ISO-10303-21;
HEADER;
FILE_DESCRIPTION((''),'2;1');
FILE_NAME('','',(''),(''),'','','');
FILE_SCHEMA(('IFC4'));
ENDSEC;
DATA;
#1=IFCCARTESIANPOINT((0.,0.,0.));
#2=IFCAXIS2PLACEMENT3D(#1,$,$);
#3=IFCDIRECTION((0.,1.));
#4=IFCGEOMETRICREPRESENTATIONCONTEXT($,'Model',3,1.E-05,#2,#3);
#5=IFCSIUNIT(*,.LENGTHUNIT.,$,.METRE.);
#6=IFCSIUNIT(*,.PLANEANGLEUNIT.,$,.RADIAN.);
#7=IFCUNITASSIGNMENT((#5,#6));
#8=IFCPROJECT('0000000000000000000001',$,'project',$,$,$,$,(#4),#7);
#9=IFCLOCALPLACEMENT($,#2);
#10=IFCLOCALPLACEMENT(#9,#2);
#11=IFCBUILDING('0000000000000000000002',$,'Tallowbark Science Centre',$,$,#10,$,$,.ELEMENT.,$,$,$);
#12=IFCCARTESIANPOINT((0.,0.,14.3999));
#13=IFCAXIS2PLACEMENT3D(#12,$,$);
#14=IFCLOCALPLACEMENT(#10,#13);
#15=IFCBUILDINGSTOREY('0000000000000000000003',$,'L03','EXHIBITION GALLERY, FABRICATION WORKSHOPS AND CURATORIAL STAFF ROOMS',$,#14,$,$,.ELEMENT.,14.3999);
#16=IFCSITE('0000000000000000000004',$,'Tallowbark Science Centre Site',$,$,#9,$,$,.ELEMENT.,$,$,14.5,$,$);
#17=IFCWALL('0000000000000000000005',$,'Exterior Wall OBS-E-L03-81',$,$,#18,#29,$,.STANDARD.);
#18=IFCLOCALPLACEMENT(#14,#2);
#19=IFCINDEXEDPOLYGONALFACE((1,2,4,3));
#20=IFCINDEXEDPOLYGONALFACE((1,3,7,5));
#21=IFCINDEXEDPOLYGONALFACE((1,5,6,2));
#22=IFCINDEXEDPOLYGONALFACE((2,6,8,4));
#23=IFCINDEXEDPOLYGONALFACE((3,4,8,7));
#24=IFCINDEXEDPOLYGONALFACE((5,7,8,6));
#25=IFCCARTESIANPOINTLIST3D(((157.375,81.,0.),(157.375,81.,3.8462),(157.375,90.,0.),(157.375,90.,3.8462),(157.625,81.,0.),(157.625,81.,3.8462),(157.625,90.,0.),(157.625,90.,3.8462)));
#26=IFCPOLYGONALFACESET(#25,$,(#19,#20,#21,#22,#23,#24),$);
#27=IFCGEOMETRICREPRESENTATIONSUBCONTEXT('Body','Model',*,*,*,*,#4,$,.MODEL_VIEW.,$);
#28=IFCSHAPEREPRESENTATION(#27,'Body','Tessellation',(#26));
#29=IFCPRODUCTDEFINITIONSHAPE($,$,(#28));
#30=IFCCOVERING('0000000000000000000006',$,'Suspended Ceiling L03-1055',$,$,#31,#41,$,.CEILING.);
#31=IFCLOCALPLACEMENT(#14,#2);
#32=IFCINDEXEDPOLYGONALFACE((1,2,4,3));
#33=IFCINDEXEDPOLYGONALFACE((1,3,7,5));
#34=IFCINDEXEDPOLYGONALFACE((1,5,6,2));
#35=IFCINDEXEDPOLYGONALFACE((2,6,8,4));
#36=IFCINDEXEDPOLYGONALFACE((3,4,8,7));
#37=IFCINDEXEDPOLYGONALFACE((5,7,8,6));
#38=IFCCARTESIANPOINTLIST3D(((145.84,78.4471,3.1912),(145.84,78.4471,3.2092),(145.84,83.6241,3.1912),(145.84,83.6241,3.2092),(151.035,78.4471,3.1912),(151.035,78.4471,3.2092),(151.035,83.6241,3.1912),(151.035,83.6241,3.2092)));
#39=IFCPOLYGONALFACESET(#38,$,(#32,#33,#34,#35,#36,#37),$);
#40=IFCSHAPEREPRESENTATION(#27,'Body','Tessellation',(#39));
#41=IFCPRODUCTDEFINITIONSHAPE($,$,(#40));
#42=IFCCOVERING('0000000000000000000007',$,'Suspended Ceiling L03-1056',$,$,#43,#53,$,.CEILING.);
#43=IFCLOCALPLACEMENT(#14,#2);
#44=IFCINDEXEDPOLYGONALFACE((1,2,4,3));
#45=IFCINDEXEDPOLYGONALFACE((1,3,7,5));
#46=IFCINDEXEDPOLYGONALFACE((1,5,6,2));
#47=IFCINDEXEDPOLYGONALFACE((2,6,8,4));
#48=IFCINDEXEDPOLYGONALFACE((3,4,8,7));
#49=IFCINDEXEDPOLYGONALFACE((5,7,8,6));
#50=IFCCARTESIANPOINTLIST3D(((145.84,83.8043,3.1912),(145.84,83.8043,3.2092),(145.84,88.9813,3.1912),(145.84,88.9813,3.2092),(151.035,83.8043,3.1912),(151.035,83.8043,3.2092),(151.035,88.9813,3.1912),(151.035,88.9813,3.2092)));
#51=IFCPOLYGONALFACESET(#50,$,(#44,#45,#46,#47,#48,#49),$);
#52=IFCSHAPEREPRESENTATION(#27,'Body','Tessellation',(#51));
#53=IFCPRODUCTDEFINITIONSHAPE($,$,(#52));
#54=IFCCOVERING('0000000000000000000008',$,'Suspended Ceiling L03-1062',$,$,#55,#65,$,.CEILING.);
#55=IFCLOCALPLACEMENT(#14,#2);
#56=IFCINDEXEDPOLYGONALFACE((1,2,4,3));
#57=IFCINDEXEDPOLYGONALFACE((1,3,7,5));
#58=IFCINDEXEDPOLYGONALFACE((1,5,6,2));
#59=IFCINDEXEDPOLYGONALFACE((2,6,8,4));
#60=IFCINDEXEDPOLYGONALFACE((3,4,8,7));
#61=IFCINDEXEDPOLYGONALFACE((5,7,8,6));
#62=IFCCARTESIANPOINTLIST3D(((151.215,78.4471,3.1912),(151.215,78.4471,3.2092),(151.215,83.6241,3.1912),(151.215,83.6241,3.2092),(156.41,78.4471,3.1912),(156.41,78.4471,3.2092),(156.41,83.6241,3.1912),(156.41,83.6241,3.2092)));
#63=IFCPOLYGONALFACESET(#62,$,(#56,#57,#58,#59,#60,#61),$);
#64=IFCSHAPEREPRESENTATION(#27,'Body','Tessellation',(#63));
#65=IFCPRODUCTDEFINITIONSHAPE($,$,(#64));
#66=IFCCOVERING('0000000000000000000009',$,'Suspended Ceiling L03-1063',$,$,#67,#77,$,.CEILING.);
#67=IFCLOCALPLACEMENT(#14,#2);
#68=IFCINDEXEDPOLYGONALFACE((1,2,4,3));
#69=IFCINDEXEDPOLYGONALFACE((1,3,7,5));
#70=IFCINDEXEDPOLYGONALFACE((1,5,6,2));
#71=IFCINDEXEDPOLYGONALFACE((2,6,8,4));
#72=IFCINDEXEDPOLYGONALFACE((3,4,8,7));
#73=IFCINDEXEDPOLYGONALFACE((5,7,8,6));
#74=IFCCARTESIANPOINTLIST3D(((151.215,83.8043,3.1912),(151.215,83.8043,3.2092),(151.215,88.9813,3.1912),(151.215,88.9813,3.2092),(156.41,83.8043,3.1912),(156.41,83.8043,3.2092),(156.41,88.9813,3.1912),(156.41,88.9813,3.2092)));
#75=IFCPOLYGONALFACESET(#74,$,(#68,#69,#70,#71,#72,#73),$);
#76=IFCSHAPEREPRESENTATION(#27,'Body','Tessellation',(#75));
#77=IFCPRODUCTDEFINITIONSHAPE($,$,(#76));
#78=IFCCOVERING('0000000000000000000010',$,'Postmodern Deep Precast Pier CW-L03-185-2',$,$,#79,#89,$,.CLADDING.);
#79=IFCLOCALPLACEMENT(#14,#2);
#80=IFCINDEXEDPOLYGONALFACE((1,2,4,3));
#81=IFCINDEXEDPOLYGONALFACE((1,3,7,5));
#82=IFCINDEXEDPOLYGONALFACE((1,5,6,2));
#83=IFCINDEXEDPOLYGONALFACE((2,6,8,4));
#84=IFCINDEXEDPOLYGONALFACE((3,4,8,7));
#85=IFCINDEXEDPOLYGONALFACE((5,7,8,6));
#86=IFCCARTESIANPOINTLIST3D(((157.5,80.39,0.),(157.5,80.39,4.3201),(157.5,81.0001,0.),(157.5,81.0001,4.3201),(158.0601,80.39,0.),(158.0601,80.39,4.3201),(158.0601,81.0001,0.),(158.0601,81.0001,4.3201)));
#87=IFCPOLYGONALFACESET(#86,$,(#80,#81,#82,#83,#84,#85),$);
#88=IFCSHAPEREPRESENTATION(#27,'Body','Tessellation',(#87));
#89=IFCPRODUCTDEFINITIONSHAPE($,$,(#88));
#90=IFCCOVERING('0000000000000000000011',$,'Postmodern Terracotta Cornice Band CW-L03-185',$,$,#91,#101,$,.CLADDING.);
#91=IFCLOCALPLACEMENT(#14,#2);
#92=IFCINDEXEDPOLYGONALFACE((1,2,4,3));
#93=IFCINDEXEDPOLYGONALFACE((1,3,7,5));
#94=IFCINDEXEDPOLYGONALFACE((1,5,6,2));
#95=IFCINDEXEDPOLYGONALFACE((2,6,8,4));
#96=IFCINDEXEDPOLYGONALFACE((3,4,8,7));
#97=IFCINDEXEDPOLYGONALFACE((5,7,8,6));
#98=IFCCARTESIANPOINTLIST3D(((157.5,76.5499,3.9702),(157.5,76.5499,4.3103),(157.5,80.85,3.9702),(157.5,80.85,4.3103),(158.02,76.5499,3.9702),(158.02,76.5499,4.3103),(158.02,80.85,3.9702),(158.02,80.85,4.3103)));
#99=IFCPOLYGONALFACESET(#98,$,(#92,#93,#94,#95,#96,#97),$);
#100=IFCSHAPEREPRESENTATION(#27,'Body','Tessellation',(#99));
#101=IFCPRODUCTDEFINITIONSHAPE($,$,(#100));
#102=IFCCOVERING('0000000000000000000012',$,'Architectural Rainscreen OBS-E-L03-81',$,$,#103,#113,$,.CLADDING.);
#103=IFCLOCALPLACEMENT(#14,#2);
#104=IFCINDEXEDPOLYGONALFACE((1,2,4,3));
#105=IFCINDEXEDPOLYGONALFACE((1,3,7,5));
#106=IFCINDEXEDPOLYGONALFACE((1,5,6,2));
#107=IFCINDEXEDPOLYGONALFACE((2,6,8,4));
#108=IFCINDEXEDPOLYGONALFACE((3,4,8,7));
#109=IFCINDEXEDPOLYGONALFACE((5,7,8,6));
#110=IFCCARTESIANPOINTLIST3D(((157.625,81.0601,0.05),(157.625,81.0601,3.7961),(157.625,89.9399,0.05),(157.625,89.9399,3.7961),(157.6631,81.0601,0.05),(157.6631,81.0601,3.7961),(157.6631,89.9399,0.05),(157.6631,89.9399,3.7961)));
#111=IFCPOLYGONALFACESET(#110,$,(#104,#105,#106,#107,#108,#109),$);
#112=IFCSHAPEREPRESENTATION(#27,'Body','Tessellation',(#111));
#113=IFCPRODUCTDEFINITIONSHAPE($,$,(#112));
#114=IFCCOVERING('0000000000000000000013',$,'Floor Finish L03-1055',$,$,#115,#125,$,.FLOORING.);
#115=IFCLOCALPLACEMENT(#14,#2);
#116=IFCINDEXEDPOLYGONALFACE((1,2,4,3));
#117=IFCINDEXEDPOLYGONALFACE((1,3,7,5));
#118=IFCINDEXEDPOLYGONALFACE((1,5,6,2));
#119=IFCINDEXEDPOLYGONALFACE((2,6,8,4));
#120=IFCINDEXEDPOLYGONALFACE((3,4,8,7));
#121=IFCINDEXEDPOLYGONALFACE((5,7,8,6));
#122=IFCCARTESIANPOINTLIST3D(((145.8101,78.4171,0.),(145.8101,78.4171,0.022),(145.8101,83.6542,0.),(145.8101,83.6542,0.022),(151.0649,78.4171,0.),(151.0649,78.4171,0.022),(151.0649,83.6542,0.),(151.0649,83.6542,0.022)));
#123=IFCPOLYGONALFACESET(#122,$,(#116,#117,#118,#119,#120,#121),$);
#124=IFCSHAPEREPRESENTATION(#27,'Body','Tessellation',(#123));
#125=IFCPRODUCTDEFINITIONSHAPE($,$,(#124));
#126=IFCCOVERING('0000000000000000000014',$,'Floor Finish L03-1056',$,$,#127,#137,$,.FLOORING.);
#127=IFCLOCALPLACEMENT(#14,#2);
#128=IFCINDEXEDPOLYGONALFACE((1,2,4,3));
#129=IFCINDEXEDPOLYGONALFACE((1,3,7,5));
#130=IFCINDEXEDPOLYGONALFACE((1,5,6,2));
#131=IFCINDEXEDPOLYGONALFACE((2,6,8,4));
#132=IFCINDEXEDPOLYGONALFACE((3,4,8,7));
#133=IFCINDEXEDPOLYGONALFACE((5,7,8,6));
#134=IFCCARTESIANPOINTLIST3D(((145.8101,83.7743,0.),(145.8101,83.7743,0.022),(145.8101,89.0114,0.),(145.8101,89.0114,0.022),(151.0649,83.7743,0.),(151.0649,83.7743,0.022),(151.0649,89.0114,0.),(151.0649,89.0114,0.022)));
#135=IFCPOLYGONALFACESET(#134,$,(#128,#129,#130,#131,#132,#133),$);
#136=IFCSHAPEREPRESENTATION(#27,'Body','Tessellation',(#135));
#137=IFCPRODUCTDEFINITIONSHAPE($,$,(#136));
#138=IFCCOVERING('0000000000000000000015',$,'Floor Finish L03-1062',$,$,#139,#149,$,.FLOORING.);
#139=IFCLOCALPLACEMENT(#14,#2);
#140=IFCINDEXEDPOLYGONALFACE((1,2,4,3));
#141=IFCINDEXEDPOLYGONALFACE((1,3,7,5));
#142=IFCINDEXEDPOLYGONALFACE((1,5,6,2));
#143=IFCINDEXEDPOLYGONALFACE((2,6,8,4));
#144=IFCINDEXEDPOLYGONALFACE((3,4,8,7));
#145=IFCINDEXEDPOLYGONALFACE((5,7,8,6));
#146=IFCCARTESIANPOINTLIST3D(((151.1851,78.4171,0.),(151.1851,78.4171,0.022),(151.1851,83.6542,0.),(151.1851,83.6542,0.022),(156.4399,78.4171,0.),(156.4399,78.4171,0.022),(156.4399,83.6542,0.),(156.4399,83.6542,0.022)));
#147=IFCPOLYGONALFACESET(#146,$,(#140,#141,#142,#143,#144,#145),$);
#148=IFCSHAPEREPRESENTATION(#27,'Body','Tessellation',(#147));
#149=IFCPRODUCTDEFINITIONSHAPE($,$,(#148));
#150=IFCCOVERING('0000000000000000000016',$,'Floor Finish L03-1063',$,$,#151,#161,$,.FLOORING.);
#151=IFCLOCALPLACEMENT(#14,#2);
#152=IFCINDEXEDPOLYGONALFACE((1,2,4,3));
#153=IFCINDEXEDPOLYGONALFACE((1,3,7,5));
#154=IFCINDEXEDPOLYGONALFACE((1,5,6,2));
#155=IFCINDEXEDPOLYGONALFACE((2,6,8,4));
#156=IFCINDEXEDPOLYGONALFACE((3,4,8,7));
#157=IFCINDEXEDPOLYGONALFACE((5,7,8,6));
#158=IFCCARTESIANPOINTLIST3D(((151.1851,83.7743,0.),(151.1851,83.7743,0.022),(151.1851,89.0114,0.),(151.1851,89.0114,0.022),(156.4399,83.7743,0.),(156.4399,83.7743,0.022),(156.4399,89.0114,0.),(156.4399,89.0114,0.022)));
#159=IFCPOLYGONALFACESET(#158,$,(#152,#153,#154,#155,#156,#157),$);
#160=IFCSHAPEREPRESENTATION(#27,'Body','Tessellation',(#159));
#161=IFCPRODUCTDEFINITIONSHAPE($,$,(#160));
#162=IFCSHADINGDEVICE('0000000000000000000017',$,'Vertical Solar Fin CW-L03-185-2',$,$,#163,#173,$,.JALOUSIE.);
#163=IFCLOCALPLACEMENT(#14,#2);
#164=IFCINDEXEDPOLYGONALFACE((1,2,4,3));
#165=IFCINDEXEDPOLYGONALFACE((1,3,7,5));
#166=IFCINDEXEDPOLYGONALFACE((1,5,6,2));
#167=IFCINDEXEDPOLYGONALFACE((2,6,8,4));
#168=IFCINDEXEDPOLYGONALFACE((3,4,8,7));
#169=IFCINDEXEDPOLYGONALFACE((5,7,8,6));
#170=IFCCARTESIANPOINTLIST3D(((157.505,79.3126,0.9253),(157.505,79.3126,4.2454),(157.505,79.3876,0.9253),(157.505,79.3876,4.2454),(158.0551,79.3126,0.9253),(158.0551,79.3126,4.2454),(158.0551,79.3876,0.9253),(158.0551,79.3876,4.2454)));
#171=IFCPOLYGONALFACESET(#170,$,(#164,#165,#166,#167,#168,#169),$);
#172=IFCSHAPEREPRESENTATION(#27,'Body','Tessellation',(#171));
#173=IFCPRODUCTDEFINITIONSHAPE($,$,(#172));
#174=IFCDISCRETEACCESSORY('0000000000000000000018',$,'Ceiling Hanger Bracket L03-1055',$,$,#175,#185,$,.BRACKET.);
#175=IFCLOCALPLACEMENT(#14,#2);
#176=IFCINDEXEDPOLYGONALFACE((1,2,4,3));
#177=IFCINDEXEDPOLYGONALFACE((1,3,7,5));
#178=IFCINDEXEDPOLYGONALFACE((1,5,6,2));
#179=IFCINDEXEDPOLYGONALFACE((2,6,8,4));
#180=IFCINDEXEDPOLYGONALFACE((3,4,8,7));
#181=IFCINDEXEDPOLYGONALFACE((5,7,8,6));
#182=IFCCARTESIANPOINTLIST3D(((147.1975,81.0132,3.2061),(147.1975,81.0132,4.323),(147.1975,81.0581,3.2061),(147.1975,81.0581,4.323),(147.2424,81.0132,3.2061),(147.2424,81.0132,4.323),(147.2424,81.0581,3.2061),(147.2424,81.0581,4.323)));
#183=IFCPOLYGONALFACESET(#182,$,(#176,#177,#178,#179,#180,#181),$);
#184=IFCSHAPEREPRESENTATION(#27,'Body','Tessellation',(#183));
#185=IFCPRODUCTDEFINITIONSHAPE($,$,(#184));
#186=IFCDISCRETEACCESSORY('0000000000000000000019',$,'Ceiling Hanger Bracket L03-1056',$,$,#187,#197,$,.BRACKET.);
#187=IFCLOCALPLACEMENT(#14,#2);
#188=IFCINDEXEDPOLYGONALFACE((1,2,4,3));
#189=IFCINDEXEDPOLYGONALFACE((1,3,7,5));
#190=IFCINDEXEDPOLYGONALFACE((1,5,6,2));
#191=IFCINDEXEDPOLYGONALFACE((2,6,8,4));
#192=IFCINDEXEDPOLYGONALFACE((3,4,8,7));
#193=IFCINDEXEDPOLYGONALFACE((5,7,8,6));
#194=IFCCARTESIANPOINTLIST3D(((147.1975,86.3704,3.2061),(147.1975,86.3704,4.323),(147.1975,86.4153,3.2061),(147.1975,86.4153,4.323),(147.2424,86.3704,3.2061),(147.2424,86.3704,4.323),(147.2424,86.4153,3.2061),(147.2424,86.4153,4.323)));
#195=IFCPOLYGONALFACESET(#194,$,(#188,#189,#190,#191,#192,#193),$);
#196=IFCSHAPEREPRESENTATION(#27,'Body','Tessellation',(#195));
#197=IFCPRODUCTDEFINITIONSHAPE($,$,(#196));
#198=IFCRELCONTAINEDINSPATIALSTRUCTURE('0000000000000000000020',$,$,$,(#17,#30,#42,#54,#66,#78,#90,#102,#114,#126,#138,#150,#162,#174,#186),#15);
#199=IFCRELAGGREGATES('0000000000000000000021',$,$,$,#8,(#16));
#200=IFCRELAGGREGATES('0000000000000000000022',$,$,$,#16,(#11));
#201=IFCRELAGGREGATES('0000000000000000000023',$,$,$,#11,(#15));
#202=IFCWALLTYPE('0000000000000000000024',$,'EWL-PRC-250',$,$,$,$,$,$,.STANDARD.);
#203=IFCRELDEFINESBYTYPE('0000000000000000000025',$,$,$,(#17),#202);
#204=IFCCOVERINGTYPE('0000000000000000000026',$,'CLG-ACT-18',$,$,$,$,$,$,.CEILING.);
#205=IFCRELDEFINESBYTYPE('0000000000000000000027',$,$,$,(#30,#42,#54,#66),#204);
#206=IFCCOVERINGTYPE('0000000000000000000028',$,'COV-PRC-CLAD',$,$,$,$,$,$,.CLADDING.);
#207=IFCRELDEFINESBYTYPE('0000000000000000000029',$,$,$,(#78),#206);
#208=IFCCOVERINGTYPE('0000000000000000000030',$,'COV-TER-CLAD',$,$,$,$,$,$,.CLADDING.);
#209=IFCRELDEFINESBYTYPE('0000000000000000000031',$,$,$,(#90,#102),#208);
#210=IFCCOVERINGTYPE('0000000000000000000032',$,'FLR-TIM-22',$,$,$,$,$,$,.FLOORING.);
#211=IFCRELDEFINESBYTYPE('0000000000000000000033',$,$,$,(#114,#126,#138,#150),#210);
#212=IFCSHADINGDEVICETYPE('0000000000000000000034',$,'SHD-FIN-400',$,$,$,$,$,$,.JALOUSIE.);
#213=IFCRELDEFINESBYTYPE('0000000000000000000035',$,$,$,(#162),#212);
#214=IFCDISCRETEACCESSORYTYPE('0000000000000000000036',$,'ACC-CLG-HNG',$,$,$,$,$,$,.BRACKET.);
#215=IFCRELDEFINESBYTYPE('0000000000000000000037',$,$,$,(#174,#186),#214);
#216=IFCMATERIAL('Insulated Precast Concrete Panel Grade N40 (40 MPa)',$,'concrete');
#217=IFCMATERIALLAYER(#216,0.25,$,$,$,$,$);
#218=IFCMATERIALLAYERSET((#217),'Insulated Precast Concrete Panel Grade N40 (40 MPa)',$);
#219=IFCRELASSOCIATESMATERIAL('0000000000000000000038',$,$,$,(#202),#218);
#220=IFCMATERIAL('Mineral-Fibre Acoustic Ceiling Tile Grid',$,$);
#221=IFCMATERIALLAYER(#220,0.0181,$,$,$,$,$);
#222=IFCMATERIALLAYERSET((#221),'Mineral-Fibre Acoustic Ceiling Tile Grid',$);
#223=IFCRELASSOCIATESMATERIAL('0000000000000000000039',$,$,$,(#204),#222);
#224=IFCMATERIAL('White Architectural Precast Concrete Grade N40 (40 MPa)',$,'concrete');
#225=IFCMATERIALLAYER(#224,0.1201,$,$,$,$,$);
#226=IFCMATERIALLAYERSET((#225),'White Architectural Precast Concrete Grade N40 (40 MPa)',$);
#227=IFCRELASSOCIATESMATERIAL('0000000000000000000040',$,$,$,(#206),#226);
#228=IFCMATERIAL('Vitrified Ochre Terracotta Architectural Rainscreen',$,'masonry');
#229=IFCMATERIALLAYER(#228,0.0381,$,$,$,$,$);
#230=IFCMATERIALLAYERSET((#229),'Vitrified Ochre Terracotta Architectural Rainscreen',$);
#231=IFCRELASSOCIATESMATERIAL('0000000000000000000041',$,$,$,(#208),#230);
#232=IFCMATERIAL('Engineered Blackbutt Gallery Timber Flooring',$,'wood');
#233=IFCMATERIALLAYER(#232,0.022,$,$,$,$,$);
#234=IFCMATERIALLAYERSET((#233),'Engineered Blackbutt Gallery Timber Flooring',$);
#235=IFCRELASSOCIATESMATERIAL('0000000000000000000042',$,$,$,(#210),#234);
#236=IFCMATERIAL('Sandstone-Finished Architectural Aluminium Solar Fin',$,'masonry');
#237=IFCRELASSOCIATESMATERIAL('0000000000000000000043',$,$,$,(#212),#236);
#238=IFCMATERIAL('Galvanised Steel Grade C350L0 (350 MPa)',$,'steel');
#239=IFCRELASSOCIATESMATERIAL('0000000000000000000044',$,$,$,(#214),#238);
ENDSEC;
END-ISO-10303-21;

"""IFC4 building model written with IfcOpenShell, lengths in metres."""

from ifc_helpers import new_model, si_unit, direction, frame, frame_2d, origin, origin_2d, place, context, subcontext, project, spatial, rectangle, extrude, material, layer, layer_set, type_object, element, save


model = new_model("IFC4")

# Units and contexts
model_context = context("Model", 3, precision=1e-05, world=origin(), true_north=direction((0.0, 1.0)))
body_context = subcontext(model_context, "Body", "Model", "MODEL_VIEW")
ifc_project = project(units=[si_unit("LENGTHUNIT", "METRE"), si_unit("PLANEANGLEUNIT", "RADIAN")], contexts=[model_context])

# Site, building, storey
site_placement = place(None, origin())
site = spatial("IfcSite", under=ifc_project, at=site_placement, Name="Tallowbark Science Centre Site", CompositionType="ELEMENT", RefElevation=14.5)
building_placement = place(site_placement, origin())
building = spatial("IfcBuilding", under=site, at=building_placement, Name="Tallowbark Science Centre", CompositionType="ELEMENT")
storey_placement = place(building_placement, frame((0.0, 0.0, 14.3999)))
storey = spatial("IfcBuildingStorey", under=building, at=storey_placement, Name="L03", Description="EXHIBITION GALLERY, FABRICATION WORKSHOPS AND CURATORIAL STAFF ROOMS", CompositionType="ELEMENT", Elevation=14.3999)

# Wall
ifc_material_1 = material(Name="Insulated Precast Concrete Panel Grade N40 (40 MPa)", Category="concrete")
ifc_layer_1 = layer(ifc_material_1, 0.25)
ifc_layer_set_1 = layer_set([ifc_layer_1], Name="Insulated Precast Concrete Panel Grade N40 (40 MPa)")
wall_type = type_object("IfcWallType", Name="EWL-PRC-250", PredefinedType="STANDARD", material=ifc_layer_set_1)
wall_placement = place(storey_placement, frame((157.5, 81.0, 0.0), z_axis=(0.0, 0.0, 1.0), x_axis=(0.0, 1.0, 0.0)))
element("IfcWall", 1, at=wall_placement, inside=storey, type_object=wall_type, Name="Exterior Wall OBS-E-L03-81", PredefinedType="STANDARD", context=body_context, shape_type="SweptSolid", body=[
    extrude(rectangle(XDim=9.0, YDim=0.25, at=frame_2d((4.5, 0.0))), origin(), (0.0, 0.0, 1.0), 3.8462),
])

# Coverings
ifc_material_2 = material(Name="Mineral-Fibre Acoustic Ceiling Tile Grid")
ifc_layer_2 = layer(ifc_material_2, 0.0181)
ifc_layer_set_2 = layer_set([ifc_layer_2], Name="Mineral-Fibre Acoustic Ceiling Tile Grid")
covering_type_1 = type_object("IfcCoveringType", Name="CLG-ACT-18", PredefinedType="CEILING", material=ifc_layer_set_2)
for number, where, z_axis, x_axis, name in (
    (2, (148.4375, 81.0356, 3.1912), (0.0, 0.0, 1.0), (1.0, 0.0, 0.0), "Suspended Ceiling L03-1055"),
    (3, (148.4375, 86.3928, 3.1912), (0.0, 0.0, 1.0), (1.0, 0.0, 0.0), "Suspended Ceiling L03-1056"),
    (4, (153.8125, 81.0356, 3.1912), (0.0, 0.0, 1.0), (1.0, 0.0, 0.0), "Suspended Ceiling L03-1062"),
    (5, (153.8125, 86.3928, 3.1912), (0.0, 0.0, 1.0), (1.0, 0.0, 0.0), "Suspended Ceiling L03-1063"),
):
    element("IfcCovering", number, at=place(storey_placement, frame(where, z_axis=z_axis, x_axis=x_axis)), inside=storey, type_object=covering_type_1, Name=name, PredefinedType="CEILING", context=body_context, shape_type="SweptSolid", body=[
        extrude(rectangle(XDim=5.1951, YDim=5.177, at=origin_2d()), origin(), (0.0, 0.0, 1.0), 0.0181),
    ])
ifc_material_3 = material(Name="White Architectural Precast Concrete Grade N40 (40 MPa)", Category="concrete")
ifc_layer_3 = layer(ifc_material_3, 0.1201)
ifc_layer_set_3 = layer_set([ifc_layer_3], Name="White Architectural Precast Concrete Grade N40 (40 MPa)")
covering_type_2 = type_object("IfcCoveringType", Name="COV-PRC-CLAD", PredefinedType="CLADDING", material=ifc_layer_set_3)
covering_1_placement = place(storey_placement, frame((157.78, 80.6951, 0.0), z_axis=(0.0, 0.0, 1.0), x_axis=(0.0, 1.0, 0.0)))
element("IfcCovering", 6, at=covering_1_placement, inside=storey, type_object=covering_type_2, Name="Postmodern Deep Precast Pier CW-L03-185-2", PredefinedType="CLADDING", context=body_context, shape_type="SweptSolid", body=[
    extrude(rectangle(XDim=0.6101, YDim=0.5601, at=origin_2d()), origin(), (0.0, 0.0, 1.0), 4.3201),
])
ifc_material_4 = material(Name="Vitrified Ochre Terracotta Architectural Rainscreen", Category="masonry")
ifc_layer_4 = layer(ifc_material_4, 0.0381)
ifc_layer_set_4 = layer_set([ifc_layer_4], Name="Vitrified Ochre Terracotta Architectural Rainscreen")
covering_type_3 = type_object("IfcCoveringType", Name="COV-TER-CLAD", PredefinedType="CLADDING", material=ifc_layer_set_4)
covering_2_placement = place(storey_placement, frame((157.76, 78.7, 3.9702), z_axis=(0.0, 0.0, 1.0), x_axis=(0.0, 1.0, 0.0)))
element("IfcCovering", 7, at=covering_2_placement, inside=storey, type_object=covering_type_3, Name="Postmodern Terracotta Cornice Band CW-L03-185", PredefinedType="CLADDING", context=body_context, shape_type="SweptSolid", body=[
    extrude(rectangle(XDim=4.3, YDim=0.52, at=origin_2d()), origin(), (0.0, 0.0, 1.0), 0.3401),
])
covering_3_placement = place(storey_placement, frame((157.644, 85.5, 0.05), z_axis=(0.0, 0.0, 1.0), x_axis=(0.0, 1.0, 0.0)))
element("IfcCovering", 8, at=covering_3_placement, inside=storey, type_object=covering_type_3, Name="Architectural Rainscreen OBS-E-L03-81", PredefinedType="CLADDING", context=body_context, shape_type="SweptSolid", body=[
    extrude(rectangle(XDim=8.8799, YDim=0.0381, at=origin_2d()), origin(), (0.0, 0.0, 1.0), 3.7461),
])
ifc_material_5 = material(Name="Engineered Blackbutt Gallery Timber Flooring", Category="wood")
ifc_layer_5 = layer(ifc_material_5, 0.022)
ifc_layer_set_5 = layer_set([ifc_layer_5], Name="Engineered Blackbutt Gallery Timber Flooring")
covering_type_4 = type_object("IfcCoveringType", Name="FLR-TIM-22", PredefinedType="FLOORING", material=ifc_layer_set_5)
for number, where, z_axis, x_axis, name in (
    (9, (148.4375, 81.0356, 0.0), (0.0, 0.0, 1.0), (1.0, 0.0, 0.0), "Floor Finish L03-1055"),
    (10, (148.4375, 86.3928, 0.0), (0.0, 0.0, 1.0), (1.0, 0.0, 0.0), "Floor Finish L03-1056"),
    (11, (153.8125, 81.0356, 0.0), (0.0, 0.0, 1.0), (1.0, 0.0, 0.0), "Floor Finish L03-1062"),
    (12, (153.8125, 86.3928, 0.0), (0.0, 0.0, 1.0), (1.0, 0.0, 0.0), "Floor Finish L03-1063"),
):
    element("IfcCovering", number, at=place(storey_placement, frame(where, z_axis=z_axis, x_axis=x_axis)), inside=storey, type_object=covering_type_4, Name=name, PredefinedType="FLOORING", context=body_context, shape_type="SweptSolid", body=[
        extrude(rectangle(XDim=5.2549, YDim=5.2371, at=origin_2d()), origin(), (0.0, 0.0, 1.0), 0.022),
    ])

# Shading device
ifc_material_6 = material(Name="Sandstone-Finished Architectural Aluminium Solar Fin", Category="masonry")
shading_device_type = type_object("IfcShadingDeviceType", Name="SHD-FIN-400", PredefinedType="JALOUSIE", material=ifc_material_6)
shading_device_placement = place(storey_placement, frame((157.78, 79.3501, 0.9253), z_axis=(0.0, 0.0, 1.0), x_axis=(0.0, 1.0, 0.0)))
element("IfcShadingDevice", 13, at=shading_device_placement, inside=storey, type_object=shading_device_type, Name="Vertical Solar Fin CW-L03-185-2", PredefinedType="JALOUSIE", context=body_context, shape_type="SweptSolid", body=[
    extrude(rectangle(XDim=0.075, YDim=0.55, at=origin_2d()), origin(), (0.0, 0.0, 1.0), 3.3201),
])

# Discrete accessories
ifc_material_7 = material(Name="Galvanised Steel Grade C350L0 (350 MPa)", Category="steel")
discrete_accessory_type = type_object("IfcDiscreteAccessoryType", Name="ACC-CLG-HNG", PredefinedType="BRACKET", material=ifc_material_7)
for number, where, z_axis, x_axis, name in (
    (14, (147.22, 81.0356, 3.2061), (0.0, 0.0, 1.0), (1.0, 0.0, 0.0), "Ceiling Hanger Bracket L03-1055"),
    (15, (147.22, 86.3928, 3.2061), (0.0, 0.0, 1.0), (1.0, 0.0, 0.0), "Ceiling Hanger Bracket L03-1056"),
):
    element("IfcDiscreteAccessory", number, at=place(storey_placement, frame(where, z_axis=z_axis, x_axis=x_axis)), inside=storey, type_object=discrete_accessory_type, Name=name, PredefinedType="BRACKET", context=body_context, shape_type="SweptSolid", body=[
        extrude(rectangle(XDim=0.0449, YDim=0.0449, at=origin_2d()), origin(), (0.0, 0.0, 1.0), 1.1169),
    ])

save(model, "model.ifc")
